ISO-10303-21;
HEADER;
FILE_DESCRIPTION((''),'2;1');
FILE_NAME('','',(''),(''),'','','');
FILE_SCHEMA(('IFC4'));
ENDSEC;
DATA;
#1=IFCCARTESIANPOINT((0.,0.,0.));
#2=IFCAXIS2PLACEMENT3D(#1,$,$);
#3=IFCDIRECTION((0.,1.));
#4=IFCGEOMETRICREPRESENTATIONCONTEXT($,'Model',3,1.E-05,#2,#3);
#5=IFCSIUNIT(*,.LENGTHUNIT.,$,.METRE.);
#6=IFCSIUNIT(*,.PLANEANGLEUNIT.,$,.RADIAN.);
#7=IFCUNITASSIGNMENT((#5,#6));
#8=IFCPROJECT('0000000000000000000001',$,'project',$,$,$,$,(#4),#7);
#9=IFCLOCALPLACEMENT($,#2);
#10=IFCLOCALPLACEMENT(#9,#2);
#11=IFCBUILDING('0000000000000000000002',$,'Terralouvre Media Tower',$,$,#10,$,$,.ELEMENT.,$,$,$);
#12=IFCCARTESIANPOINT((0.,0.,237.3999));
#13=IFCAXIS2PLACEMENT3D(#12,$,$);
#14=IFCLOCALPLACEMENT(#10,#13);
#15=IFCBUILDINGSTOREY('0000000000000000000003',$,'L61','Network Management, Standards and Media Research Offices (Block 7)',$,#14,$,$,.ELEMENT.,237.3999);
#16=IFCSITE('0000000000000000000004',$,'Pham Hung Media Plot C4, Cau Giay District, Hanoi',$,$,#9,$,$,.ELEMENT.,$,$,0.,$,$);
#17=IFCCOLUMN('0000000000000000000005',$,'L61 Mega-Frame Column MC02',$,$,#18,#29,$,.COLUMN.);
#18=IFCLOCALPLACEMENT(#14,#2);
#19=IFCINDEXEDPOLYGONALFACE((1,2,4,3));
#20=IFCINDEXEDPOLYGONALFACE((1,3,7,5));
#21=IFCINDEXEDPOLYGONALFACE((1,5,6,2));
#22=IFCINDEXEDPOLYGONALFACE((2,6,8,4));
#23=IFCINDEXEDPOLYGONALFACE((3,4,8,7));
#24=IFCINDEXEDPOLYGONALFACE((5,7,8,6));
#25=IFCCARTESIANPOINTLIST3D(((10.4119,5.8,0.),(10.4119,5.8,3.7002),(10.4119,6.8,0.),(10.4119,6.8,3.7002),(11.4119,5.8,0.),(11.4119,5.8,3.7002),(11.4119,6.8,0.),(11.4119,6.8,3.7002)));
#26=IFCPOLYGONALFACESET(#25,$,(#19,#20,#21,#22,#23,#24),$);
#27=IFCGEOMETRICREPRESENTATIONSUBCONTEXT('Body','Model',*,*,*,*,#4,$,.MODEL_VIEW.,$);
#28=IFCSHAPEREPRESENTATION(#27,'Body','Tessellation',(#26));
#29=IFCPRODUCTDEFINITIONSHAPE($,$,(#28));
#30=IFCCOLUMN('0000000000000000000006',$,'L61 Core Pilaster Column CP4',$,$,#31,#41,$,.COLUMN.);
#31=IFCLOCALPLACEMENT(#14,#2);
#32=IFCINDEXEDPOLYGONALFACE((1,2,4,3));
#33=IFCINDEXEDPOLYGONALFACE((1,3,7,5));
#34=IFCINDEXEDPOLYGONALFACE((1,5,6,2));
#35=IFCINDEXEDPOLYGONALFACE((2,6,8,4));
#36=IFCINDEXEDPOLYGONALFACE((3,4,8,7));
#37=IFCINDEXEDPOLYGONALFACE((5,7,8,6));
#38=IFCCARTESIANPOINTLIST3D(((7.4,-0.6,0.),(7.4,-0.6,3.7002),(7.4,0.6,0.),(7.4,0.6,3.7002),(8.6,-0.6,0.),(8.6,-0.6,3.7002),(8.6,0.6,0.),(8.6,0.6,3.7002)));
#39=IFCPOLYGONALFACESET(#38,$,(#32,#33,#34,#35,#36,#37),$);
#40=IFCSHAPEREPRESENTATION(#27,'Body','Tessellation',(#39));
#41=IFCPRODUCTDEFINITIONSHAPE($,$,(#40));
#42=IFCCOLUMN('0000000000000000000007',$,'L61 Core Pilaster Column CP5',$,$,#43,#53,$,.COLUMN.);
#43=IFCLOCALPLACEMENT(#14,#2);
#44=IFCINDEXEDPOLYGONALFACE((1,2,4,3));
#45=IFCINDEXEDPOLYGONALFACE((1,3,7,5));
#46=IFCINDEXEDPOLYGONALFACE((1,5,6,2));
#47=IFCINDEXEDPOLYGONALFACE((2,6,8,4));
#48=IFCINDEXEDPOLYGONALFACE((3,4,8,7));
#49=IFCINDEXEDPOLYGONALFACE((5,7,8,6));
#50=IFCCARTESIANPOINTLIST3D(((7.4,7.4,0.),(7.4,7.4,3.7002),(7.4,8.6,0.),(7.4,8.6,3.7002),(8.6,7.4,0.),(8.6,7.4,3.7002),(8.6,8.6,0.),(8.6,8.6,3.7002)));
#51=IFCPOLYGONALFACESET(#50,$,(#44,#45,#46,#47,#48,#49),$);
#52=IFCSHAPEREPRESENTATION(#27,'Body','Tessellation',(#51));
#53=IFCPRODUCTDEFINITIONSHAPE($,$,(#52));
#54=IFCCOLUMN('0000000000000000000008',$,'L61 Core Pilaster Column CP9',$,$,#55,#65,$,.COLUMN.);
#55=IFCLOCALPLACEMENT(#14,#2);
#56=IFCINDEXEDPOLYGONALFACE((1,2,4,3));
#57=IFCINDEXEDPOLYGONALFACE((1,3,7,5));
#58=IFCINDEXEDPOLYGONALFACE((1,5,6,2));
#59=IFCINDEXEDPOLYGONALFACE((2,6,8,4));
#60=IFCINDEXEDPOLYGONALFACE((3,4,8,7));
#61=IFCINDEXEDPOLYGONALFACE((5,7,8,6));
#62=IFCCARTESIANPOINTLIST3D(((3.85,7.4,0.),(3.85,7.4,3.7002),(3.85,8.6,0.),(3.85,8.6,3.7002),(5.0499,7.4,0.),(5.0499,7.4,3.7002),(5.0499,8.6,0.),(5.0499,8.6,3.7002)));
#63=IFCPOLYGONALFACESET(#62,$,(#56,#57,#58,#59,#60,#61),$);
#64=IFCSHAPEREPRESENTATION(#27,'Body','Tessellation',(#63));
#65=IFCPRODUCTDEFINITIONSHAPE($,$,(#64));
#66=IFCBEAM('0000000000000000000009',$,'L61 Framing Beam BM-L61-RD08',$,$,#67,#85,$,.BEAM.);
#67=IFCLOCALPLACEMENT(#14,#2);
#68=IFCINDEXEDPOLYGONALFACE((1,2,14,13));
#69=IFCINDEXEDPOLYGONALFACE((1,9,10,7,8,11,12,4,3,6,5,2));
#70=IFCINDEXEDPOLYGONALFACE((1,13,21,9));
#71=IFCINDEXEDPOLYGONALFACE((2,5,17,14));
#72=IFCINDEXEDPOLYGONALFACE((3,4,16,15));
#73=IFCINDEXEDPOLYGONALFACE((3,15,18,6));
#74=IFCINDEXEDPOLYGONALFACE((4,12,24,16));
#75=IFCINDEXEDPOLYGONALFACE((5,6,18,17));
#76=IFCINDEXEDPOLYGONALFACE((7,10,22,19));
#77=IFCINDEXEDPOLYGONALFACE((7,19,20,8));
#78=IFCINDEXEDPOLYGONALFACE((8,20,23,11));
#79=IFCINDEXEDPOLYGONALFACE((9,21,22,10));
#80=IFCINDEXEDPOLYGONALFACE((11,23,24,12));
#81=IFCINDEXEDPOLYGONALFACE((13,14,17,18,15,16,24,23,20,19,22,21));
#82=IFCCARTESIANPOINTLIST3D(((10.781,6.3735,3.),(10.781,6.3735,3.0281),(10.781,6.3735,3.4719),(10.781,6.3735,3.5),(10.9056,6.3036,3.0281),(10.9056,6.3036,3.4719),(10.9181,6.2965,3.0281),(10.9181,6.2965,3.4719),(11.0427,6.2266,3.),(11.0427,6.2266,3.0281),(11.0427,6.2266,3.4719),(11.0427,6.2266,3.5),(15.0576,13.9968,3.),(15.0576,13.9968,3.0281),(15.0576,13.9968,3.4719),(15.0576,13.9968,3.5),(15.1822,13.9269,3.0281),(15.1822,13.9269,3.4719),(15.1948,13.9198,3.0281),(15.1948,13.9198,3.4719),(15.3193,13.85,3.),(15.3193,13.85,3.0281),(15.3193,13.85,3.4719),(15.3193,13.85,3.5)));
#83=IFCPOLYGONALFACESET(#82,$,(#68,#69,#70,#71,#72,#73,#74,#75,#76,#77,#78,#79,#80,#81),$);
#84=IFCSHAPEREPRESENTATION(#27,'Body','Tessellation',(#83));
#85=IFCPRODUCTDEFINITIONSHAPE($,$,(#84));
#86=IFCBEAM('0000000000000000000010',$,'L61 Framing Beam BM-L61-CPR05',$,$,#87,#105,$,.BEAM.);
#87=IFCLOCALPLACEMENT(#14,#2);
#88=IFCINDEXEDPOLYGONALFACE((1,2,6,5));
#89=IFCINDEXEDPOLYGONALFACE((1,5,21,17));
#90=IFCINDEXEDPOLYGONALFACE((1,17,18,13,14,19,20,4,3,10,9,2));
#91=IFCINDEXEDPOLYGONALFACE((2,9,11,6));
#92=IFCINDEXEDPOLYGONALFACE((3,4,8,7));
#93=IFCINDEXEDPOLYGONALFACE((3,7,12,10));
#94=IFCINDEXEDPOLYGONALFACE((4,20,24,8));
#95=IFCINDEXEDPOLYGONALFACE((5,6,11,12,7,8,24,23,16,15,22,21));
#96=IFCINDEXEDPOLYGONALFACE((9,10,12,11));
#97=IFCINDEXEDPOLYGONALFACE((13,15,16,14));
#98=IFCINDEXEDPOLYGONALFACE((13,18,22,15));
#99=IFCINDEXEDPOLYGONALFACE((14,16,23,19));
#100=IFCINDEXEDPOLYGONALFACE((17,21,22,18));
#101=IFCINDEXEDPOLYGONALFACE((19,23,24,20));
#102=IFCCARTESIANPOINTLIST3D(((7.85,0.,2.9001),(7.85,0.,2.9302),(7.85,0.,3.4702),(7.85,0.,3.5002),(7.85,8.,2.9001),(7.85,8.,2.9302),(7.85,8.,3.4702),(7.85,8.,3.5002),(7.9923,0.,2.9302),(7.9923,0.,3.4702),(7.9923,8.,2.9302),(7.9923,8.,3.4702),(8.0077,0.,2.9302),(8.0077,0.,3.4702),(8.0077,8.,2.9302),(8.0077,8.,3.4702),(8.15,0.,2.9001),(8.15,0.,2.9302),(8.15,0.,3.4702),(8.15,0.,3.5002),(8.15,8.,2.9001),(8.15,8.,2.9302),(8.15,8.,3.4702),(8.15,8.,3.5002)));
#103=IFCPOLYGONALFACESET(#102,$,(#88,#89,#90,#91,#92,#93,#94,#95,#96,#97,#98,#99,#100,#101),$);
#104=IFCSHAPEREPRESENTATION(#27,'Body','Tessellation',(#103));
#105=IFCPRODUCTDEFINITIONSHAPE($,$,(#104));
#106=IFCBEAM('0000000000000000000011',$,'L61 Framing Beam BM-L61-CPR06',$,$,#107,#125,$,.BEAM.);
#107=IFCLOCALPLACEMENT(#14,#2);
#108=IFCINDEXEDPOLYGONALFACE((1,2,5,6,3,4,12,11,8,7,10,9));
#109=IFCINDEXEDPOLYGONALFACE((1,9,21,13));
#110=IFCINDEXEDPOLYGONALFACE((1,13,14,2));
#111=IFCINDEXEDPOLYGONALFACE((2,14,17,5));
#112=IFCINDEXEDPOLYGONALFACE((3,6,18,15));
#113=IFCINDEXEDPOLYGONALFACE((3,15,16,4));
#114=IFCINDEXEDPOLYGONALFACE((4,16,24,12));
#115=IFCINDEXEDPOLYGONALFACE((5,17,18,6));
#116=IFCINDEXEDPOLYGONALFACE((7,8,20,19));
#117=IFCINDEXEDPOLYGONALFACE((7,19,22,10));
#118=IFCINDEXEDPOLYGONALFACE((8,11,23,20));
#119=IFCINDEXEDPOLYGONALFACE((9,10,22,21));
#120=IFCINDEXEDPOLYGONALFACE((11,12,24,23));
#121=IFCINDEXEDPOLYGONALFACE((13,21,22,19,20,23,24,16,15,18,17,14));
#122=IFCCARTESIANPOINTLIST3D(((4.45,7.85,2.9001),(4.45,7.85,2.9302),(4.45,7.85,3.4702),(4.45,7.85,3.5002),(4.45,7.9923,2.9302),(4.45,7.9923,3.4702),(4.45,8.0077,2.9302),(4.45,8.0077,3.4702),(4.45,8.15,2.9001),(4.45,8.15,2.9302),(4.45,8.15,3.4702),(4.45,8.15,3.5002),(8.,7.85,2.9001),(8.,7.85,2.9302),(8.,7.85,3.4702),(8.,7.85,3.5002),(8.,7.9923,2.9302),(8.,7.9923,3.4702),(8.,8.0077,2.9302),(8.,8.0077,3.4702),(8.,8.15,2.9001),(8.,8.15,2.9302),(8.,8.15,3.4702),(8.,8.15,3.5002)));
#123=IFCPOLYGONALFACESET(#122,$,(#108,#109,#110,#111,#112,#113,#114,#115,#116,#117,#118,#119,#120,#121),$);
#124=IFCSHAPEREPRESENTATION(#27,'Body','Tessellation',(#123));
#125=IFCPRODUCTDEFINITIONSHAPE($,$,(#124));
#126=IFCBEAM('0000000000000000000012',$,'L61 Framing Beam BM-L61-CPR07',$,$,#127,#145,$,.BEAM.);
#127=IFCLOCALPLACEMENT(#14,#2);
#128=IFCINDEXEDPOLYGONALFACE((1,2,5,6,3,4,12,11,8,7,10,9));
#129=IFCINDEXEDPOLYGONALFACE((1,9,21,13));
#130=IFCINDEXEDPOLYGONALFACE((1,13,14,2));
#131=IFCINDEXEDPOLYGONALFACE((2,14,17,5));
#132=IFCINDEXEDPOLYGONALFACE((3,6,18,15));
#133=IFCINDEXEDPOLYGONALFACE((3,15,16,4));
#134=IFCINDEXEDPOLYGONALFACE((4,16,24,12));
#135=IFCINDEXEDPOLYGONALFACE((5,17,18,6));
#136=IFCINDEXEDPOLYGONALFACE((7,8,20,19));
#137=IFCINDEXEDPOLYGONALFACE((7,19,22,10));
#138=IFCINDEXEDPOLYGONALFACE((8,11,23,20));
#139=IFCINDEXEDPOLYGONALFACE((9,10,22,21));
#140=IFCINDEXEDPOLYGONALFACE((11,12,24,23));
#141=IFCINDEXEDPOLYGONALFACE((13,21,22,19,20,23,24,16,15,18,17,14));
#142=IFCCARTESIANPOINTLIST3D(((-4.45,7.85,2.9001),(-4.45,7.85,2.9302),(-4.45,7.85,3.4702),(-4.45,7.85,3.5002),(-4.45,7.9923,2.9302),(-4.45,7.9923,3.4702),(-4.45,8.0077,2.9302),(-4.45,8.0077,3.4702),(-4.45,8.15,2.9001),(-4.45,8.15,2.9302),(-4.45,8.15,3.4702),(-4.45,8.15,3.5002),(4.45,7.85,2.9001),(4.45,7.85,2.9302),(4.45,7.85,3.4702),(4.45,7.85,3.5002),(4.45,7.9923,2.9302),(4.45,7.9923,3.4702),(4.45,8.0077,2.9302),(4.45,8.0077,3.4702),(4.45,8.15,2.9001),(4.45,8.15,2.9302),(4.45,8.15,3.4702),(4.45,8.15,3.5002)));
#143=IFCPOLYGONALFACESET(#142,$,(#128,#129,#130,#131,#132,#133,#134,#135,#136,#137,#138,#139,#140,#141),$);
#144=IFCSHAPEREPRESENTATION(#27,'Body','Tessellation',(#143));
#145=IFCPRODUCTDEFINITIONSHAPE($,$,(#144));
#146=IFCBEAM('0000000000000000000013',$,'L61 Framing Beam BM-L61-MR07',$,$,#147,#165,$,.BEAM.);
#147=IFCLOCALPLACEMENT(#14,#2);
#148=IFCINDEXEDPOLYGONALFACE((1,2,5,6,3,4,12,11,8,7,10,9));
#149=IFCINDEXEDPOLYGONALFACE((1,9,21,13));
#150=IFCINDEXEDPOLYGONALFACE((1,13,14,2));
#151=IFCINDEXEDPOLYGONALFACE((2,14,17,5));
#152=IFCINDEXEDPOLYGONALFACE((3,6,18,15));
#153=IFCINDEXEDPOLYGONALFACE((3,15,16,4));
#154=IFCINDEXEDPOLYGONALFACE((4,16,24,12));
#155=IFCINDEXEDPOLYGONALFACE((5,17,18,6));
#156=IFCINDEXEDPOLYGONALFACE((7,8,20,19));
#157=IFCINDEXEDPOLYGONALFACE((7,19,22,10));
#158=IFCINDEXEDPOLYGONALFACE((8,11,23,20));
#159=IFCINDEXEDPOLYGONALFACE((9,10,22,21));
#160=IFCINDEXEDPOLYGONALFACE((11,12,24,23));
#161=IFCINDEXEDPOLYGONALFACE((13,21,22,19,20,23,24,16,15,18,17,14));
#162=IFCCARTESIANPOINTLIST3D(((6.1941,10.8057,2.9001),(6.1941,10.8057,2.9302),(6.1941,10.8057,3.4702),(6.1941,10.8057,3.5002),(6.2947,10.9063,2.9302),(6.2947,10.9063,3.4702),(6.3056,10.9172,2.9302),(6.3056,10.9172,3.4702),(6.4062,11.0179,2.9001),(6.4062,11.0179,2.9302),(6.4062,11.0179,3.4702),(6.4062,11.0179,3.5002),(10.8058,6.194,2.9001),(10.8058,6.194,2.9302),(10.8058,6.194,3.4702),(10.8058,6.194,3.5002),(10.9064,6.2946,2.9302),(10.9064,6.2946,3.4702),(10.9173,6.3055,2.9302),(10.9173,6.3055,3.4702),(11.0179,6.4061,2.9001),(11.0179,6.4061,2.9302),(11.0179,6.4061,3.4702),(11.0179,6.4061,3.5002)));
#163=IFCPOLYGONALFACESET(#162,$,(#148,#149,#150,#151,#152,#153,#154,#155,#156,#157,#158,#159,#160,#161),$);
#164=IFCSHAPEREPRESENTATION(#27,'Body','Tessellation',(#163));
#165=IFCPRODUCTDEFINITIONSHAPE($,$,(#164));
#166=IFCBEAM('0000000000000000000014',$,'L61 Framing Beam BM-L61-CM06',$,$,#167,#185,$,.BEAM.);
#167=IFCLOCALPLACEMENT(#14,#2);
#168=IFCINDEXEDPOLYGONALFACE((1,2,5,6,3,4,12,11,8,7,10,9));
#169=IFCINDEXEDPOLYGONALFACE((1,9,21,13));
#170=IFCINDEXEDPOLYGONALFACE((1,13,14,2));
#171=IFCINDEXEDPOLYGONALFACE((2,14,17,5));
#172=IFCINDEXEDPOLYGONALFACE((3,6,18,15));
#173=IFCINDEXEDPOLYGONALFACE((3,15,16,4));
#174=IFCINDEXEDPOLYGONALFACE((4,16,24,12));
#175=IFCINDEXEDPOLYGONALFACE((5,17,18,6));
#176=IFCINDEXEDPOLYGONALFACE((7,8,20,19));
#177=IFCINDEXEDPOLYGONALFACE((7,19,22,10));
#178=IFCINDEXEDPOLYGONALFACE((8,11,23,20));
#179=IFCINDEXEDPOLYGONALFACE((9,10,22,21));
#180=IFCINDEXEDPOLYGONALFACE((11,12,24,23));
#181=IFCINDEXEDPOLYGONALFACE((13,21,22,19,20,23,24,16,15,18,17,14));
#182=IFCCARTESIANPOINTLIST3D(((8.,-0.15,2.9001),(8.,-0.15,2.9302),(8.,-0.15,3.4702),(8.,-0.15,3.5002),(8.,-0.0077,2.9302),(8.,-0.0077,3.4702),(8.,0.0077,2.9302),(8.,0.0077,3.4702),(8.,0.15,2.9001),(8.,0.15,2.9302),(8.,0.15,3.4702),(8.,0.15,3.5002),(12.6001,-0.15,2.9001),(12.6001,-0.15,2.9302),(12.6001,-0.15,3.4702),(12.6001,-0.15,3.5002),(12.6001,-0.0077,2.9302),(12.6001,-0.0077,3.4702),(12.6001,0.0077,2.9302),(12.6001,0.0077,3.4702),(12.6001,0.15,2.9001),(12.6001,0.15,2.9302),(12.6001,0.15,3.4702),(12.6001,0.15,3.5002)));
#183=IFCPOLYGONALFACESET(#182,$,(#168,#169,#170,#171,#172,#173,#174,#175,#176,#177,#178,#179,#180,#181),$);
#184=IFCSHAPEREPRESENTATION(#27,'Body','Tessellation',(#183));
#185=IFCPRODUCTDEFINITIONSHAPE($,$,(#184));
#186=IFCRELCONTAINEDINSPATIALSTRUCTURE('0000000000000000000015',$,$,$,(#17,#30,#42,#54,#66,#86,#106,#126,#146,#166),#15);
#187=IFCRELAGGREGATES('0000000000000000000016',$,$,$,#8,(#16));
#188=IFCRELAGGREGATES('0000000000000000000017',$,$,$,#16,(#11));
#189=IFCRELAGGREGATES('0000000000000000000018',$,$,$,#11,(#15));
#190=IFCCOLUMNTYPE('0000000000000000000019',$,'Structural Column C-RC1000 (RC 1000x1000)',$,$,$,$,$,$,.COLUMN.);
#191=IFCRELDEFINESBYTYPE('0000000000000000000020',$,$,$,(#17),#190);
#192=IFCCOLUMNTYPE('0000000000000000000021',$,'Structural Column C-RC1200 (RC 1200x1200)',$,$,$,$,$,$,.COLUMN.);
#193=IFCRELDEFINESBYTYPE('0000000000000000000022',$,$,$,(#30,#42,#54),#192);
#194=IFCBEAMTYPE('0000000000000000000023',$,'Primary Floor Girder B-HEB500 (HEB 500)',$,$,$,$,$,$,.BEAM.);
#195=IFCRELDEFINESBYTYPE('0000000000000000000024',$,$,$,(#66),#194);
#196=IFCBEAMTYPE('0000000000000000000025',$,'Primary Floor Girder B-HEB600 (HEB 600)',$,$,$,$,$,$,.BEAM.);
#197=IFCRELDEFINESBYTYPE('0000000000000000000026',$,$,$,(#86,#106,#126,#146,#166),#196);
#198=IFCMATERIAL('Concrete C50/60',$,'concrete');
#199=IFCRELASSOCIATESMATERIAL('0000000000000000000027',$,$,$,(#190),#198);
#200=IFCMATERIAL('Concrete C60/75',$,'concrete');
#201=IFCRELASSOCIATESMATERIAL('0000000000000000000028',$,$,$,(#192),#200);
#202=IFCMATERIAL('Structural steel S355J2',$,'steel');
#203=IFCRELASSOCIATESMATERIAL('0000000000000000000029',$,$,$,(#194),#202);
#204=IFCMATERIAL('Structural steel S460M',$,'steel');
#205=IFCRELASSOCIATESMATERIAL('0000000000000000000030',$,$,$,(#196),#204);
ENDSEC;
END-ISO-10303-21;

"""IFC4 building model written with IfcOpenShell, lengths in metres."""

from ifc_helpers import new_model, si_unit, direction, frame, origin, origin_2d, place, context, subcontext, project, spatial, rectangle, i_section, extrude, material, material_profile, profile_set, type_object, element, save


model = new_model("IFC4")

# Units and contexts
model_context = context("Model", 3, precision=1e-05, world=origin(), true_north=direction((0.0, 1.0)))
body_context = subcontext(model_context, "Body", "Model", "MODEL_VIEW")
ifc_project = project(units=[si_unit("LENGTHUNIT", "METRE"), si_unit("PLANEANGLEUNIT", "RADIAN")], contexts=[model_context])

# Site, building, storey
site_placement = place(None, origin())
site = spatial("IfcSite", under=ifc_project, at=site_placement, Name="Pham Hung Media Plot C4, Cau Giay District, Hanoi", CompositionType="ELEMENT", RefElevation=0.0)
building_placement = place(site_placement, origin())
building = spatial("IfcBuilding", under=site, at=building_placement, Name="Terralouvre Media Tower", CompositionType="ELEMENT")
storey_placement = place(building_placement, frame((0.0, 0.0, 237.3999)))
storey = spatial("IfcBuildingStorey", under=building, at=storey_placement, Name="L61", Description="Network Management, Standards and Media Research Offices (Block 7)", CompositionType="ELEMENT", Elevation=237.3999)

# Columns
ifc_material_1 = material(Name="Concrete C50/60", Category="concrete")
ifc_material_profile_1 = material_profile(ifc_material_1, rectangle(XDim=1.0, YDim=1.0, at=origin_2d()), Name="RC 1000x1000")
ifc_profile_set_1 = profile_set([ifc_material_profile_1], Name="Concrete C50/60")
column_type_1 = type_object("IfcColumnType", Name="Structural Column C-RC1000 (RC 1000x1000)", PredefinedType="COLUMN", material=ifc_profile_set_1)
column_placement = place(storey_placement, frame((10.9119, 6.3, 0.0), z_axis=(0.0, 0.0, 1.0), x_axis=(1.0, 0.0, 0.0)))
element("IfcColumn", 1, at=column_placement, inside=storey, type_object=column_type_1, Name="L61 Mega-Frame Column MC02", PredefinedType="COLUMN", context=body_context, shape_type="SweptSolid", body=[
    extrude(rectangle(XDim=1.0, YDim=1.0, at=origin_2d()), origin(), (0.0, 0.0, 1.0), 3.7002),
])
ifc_material_2 = material(Name="Concrete C60/75", Category="concrete")
ifc_material_profile_2 = material_profile(ifc_material_2, rectangle(XDim=1.2, YDim=1.2, at=origin_2d()), Name="RC 1200x1200")
ifc_profile_set_2 = profile_set([ifc_material_profile_2], Name="Concrete C60/75")
column_type_2 = type_object("IfcColumnType", Name="Structural Column C-RC1200 (RC 1200x1200)", PredefinedType="COLUMN", material=ifc_profile_set_2)
for number, where, z_axis, x_axis, name in (
    (2, (8.0, 0.0, 0.0), (0.0, 0.0, 1.0), (1.0, 0.0, 0.0), "L61 Core Pilaster Column CP4"),
    (3, (8.0, 8.0, 0.0), (0.0, 0.0, 1.0), (1.0, 0.0, 0.0), "L61 Core Pilaster Column CP5"),
    (4, (4.45, 8.0, 0.0), (0.0, 0.0, 1.0), (1.0, 0.0, 0.0), "L61 Core Pilaster Column CP9"),
):
    element("IfcColumn", number, at=place(storey_placement, frame(where, z_axis=z_axis, x_axis=x_axis)), inside=storey, type_object=column_type_2, Name=name, PredefinedType="COLUMN", context=body_context, shape_type="SweptSolid", body=[
        extrude(rectangle(XDim=1.2, YDim=1.2, at=origin_2d()), origin(), (0.0, 0.0, 1.0), 3.7002),
    ])

# Beams
ifc_material_3 = material(Name="Structural steel S355J2", Category="steel")
ifc_material_profile_3 = material_profile(ifc_material_3, i_section(OverallWidth=0.3, OverallDepth=0.5, WebThickness=0.0144, FlangeThickness=0.0281, at=origin_2d()), Name="HEB 500")
ifc_profile_set_3 = profile_set([ifc_material_profile_3], Name="Structural steel S355J2")
beam_type_1 = type_object("IfcBeamType", Name="Primary Floor Girder B-HEB500 (HEB 500)", PredefinedType="BEAM", material=ifc_profile_set_3)
beam_1_placement = place(storey_placement, frame((10.9119, 6.3, 3.25), z_axis=(0.489262, 0.872137, 0.0), x_axis=(-0.872137, 0.489262, 0.0)))
element("IfcBeam", 5, at=beam_1_placement, inside=storey, type_object=beam_type_1, Name="L61 Framing Beam BM-L61-RD08", PredefinedType="BEAM", context=body_context, shape_type="SweptSolid", body=[
    extrude(i_section(OverallWidth=0.3, OverallDepth=0.5, WebThickness=0.0144, FlangeThickness=0.0281, at=origin_2d()), origin(), (0.0, 0.0, 1.0), 8.741),
])
ifc_material_4 = material(Name="Structural steel S460M", Category="steel")
ifc_material_profile_4 = material_profile(ifc_material_4, i_section(OverallWidth=0.3, OverallDepth=0.6001, WebThickness=0.0154, FlangeThickness=0.03, at=origin_2d()), Name="HEB 600")
ifc_profile_set_4 = profile_set([ifc_material_profile_4], Name="Structural steel S460M")
beam_type_2 = type_object("IfcBeamType", Name="Primary Floor Girder B-HEB600 (HEB 600)", PredefinedType="BEAM", material=ifc_profile_set_4)
beam_2_placement = place(storey_placement, frame((8.0, 0.0, 3.2002), z_axis=(0.0, 1.0, 0.0), x_axis=(-1.0, 0.0, 0.0)))
element("IfcBeam", 6, at=beam_2_placement, inside=storey, type_object=beam_type_2, Name="L61 Framing Beam BM-L61-CPR05", PredefinedType="BEAM", context=body_context, shape_type="SweptSolid", body=[
    extrude(i_section(OverallWidth=0.3, OverallDepth=0.6001, WebThickness=0.0154, FlangeThickness=0.03, at=origin_2d()), origin(), (0.0, 0.0, 1.0), 8.0),
])
beam_3_placement = place(storey_placement, frame((8.0, 8.0, 3.2002), z_axis=(-1.0, 0.0, 0.0), x_axis=(0.0, -1.0, 0.0)))
element("IfcBeam", 7, at=beam_3_placement, inside=storey, type_object=beam_type_2, Name="L61 Framing Beam BM-L61-CPR06", PredefinedType="BEAM", context=body_context, shape_type="SweptSolid", body=[
    extrude(i_section(OverallWidth=0.3, OverallDepth=0.6001, WebThickness=0.0154, FlangeThickness=0.03, at=origin_2d()), origin(), (0.0, 0.0, 1.0), 3.55),
])
beam_4_placement = place(storey_placement, frame((4.45, 8.0, 3.2002), z_axis=(-1.0, 0.0, 0.0), x_axis=(0.0, -1.0, 0.0)))
element("IfcBeam", 8, at=beam_4_placement, inside=storey, type_object=beam_type_2, Name="L61 Framing Beam BM-L61-CPR07", PredefinedType="BEAM", context=body_context, shape_type="SweptSolid", body=[
    extrude(i_section(OverallWidth=0.3, OverallDepth=0.6001, WebThickness=0.0154, FlangeThickness=0.03, at=origin_2d()), origin(), (0.0, 0.0, 1.0), 8.8999),
])
beam_5_placement = place(storey_placement, frame((10.9119, 6.3, 3.2002), z_axis=(-0.707107, 0.707107, 0.0), x_axis=(-0.707107, -0.707107, 0.0)))
element("IfcBeam", 9, at=beam_5_placement, inside=storey, type_object=beam_type_2, Name="L61 Framing Beam BM-L61-MR07", PredefinedType="BEAM", context=body_context, shape_type="SweptSolid", body=[
    extrude(i_section(OverallWidth=0.3, OverallDepth=0.6001, WebThickness=0.0154, FlangeThickness=0.03, at=origin_2d()), origin(), (0.0, 0.0, 1.0), 6.522),
])
beam_6_placement = place(storey_placement, frame((8.0, 0.0, 3.2002), z_axis=(1.0, 0.0, 0.0), x_axis=(0.0, 1.0, 0.0)))
element("IfcBeam", 10, at=beam_6_placement, inside=storey, type_object=beam_type_2, Name="L61 Framing Beam BM-L61-CM06", PredefinedType="BEAM", context=body_context, shape_type="SweptSolid", body=[
    extrude(i_section(OverallWidth=0.3, OverallDepth=0.6001, WebThickness=0.0154, FlangeThickness=0.03, at=origin_2d()), origin(), (0.0, 0.0, 1.0), 4.6001),
])

save(model, "model.ifc")
